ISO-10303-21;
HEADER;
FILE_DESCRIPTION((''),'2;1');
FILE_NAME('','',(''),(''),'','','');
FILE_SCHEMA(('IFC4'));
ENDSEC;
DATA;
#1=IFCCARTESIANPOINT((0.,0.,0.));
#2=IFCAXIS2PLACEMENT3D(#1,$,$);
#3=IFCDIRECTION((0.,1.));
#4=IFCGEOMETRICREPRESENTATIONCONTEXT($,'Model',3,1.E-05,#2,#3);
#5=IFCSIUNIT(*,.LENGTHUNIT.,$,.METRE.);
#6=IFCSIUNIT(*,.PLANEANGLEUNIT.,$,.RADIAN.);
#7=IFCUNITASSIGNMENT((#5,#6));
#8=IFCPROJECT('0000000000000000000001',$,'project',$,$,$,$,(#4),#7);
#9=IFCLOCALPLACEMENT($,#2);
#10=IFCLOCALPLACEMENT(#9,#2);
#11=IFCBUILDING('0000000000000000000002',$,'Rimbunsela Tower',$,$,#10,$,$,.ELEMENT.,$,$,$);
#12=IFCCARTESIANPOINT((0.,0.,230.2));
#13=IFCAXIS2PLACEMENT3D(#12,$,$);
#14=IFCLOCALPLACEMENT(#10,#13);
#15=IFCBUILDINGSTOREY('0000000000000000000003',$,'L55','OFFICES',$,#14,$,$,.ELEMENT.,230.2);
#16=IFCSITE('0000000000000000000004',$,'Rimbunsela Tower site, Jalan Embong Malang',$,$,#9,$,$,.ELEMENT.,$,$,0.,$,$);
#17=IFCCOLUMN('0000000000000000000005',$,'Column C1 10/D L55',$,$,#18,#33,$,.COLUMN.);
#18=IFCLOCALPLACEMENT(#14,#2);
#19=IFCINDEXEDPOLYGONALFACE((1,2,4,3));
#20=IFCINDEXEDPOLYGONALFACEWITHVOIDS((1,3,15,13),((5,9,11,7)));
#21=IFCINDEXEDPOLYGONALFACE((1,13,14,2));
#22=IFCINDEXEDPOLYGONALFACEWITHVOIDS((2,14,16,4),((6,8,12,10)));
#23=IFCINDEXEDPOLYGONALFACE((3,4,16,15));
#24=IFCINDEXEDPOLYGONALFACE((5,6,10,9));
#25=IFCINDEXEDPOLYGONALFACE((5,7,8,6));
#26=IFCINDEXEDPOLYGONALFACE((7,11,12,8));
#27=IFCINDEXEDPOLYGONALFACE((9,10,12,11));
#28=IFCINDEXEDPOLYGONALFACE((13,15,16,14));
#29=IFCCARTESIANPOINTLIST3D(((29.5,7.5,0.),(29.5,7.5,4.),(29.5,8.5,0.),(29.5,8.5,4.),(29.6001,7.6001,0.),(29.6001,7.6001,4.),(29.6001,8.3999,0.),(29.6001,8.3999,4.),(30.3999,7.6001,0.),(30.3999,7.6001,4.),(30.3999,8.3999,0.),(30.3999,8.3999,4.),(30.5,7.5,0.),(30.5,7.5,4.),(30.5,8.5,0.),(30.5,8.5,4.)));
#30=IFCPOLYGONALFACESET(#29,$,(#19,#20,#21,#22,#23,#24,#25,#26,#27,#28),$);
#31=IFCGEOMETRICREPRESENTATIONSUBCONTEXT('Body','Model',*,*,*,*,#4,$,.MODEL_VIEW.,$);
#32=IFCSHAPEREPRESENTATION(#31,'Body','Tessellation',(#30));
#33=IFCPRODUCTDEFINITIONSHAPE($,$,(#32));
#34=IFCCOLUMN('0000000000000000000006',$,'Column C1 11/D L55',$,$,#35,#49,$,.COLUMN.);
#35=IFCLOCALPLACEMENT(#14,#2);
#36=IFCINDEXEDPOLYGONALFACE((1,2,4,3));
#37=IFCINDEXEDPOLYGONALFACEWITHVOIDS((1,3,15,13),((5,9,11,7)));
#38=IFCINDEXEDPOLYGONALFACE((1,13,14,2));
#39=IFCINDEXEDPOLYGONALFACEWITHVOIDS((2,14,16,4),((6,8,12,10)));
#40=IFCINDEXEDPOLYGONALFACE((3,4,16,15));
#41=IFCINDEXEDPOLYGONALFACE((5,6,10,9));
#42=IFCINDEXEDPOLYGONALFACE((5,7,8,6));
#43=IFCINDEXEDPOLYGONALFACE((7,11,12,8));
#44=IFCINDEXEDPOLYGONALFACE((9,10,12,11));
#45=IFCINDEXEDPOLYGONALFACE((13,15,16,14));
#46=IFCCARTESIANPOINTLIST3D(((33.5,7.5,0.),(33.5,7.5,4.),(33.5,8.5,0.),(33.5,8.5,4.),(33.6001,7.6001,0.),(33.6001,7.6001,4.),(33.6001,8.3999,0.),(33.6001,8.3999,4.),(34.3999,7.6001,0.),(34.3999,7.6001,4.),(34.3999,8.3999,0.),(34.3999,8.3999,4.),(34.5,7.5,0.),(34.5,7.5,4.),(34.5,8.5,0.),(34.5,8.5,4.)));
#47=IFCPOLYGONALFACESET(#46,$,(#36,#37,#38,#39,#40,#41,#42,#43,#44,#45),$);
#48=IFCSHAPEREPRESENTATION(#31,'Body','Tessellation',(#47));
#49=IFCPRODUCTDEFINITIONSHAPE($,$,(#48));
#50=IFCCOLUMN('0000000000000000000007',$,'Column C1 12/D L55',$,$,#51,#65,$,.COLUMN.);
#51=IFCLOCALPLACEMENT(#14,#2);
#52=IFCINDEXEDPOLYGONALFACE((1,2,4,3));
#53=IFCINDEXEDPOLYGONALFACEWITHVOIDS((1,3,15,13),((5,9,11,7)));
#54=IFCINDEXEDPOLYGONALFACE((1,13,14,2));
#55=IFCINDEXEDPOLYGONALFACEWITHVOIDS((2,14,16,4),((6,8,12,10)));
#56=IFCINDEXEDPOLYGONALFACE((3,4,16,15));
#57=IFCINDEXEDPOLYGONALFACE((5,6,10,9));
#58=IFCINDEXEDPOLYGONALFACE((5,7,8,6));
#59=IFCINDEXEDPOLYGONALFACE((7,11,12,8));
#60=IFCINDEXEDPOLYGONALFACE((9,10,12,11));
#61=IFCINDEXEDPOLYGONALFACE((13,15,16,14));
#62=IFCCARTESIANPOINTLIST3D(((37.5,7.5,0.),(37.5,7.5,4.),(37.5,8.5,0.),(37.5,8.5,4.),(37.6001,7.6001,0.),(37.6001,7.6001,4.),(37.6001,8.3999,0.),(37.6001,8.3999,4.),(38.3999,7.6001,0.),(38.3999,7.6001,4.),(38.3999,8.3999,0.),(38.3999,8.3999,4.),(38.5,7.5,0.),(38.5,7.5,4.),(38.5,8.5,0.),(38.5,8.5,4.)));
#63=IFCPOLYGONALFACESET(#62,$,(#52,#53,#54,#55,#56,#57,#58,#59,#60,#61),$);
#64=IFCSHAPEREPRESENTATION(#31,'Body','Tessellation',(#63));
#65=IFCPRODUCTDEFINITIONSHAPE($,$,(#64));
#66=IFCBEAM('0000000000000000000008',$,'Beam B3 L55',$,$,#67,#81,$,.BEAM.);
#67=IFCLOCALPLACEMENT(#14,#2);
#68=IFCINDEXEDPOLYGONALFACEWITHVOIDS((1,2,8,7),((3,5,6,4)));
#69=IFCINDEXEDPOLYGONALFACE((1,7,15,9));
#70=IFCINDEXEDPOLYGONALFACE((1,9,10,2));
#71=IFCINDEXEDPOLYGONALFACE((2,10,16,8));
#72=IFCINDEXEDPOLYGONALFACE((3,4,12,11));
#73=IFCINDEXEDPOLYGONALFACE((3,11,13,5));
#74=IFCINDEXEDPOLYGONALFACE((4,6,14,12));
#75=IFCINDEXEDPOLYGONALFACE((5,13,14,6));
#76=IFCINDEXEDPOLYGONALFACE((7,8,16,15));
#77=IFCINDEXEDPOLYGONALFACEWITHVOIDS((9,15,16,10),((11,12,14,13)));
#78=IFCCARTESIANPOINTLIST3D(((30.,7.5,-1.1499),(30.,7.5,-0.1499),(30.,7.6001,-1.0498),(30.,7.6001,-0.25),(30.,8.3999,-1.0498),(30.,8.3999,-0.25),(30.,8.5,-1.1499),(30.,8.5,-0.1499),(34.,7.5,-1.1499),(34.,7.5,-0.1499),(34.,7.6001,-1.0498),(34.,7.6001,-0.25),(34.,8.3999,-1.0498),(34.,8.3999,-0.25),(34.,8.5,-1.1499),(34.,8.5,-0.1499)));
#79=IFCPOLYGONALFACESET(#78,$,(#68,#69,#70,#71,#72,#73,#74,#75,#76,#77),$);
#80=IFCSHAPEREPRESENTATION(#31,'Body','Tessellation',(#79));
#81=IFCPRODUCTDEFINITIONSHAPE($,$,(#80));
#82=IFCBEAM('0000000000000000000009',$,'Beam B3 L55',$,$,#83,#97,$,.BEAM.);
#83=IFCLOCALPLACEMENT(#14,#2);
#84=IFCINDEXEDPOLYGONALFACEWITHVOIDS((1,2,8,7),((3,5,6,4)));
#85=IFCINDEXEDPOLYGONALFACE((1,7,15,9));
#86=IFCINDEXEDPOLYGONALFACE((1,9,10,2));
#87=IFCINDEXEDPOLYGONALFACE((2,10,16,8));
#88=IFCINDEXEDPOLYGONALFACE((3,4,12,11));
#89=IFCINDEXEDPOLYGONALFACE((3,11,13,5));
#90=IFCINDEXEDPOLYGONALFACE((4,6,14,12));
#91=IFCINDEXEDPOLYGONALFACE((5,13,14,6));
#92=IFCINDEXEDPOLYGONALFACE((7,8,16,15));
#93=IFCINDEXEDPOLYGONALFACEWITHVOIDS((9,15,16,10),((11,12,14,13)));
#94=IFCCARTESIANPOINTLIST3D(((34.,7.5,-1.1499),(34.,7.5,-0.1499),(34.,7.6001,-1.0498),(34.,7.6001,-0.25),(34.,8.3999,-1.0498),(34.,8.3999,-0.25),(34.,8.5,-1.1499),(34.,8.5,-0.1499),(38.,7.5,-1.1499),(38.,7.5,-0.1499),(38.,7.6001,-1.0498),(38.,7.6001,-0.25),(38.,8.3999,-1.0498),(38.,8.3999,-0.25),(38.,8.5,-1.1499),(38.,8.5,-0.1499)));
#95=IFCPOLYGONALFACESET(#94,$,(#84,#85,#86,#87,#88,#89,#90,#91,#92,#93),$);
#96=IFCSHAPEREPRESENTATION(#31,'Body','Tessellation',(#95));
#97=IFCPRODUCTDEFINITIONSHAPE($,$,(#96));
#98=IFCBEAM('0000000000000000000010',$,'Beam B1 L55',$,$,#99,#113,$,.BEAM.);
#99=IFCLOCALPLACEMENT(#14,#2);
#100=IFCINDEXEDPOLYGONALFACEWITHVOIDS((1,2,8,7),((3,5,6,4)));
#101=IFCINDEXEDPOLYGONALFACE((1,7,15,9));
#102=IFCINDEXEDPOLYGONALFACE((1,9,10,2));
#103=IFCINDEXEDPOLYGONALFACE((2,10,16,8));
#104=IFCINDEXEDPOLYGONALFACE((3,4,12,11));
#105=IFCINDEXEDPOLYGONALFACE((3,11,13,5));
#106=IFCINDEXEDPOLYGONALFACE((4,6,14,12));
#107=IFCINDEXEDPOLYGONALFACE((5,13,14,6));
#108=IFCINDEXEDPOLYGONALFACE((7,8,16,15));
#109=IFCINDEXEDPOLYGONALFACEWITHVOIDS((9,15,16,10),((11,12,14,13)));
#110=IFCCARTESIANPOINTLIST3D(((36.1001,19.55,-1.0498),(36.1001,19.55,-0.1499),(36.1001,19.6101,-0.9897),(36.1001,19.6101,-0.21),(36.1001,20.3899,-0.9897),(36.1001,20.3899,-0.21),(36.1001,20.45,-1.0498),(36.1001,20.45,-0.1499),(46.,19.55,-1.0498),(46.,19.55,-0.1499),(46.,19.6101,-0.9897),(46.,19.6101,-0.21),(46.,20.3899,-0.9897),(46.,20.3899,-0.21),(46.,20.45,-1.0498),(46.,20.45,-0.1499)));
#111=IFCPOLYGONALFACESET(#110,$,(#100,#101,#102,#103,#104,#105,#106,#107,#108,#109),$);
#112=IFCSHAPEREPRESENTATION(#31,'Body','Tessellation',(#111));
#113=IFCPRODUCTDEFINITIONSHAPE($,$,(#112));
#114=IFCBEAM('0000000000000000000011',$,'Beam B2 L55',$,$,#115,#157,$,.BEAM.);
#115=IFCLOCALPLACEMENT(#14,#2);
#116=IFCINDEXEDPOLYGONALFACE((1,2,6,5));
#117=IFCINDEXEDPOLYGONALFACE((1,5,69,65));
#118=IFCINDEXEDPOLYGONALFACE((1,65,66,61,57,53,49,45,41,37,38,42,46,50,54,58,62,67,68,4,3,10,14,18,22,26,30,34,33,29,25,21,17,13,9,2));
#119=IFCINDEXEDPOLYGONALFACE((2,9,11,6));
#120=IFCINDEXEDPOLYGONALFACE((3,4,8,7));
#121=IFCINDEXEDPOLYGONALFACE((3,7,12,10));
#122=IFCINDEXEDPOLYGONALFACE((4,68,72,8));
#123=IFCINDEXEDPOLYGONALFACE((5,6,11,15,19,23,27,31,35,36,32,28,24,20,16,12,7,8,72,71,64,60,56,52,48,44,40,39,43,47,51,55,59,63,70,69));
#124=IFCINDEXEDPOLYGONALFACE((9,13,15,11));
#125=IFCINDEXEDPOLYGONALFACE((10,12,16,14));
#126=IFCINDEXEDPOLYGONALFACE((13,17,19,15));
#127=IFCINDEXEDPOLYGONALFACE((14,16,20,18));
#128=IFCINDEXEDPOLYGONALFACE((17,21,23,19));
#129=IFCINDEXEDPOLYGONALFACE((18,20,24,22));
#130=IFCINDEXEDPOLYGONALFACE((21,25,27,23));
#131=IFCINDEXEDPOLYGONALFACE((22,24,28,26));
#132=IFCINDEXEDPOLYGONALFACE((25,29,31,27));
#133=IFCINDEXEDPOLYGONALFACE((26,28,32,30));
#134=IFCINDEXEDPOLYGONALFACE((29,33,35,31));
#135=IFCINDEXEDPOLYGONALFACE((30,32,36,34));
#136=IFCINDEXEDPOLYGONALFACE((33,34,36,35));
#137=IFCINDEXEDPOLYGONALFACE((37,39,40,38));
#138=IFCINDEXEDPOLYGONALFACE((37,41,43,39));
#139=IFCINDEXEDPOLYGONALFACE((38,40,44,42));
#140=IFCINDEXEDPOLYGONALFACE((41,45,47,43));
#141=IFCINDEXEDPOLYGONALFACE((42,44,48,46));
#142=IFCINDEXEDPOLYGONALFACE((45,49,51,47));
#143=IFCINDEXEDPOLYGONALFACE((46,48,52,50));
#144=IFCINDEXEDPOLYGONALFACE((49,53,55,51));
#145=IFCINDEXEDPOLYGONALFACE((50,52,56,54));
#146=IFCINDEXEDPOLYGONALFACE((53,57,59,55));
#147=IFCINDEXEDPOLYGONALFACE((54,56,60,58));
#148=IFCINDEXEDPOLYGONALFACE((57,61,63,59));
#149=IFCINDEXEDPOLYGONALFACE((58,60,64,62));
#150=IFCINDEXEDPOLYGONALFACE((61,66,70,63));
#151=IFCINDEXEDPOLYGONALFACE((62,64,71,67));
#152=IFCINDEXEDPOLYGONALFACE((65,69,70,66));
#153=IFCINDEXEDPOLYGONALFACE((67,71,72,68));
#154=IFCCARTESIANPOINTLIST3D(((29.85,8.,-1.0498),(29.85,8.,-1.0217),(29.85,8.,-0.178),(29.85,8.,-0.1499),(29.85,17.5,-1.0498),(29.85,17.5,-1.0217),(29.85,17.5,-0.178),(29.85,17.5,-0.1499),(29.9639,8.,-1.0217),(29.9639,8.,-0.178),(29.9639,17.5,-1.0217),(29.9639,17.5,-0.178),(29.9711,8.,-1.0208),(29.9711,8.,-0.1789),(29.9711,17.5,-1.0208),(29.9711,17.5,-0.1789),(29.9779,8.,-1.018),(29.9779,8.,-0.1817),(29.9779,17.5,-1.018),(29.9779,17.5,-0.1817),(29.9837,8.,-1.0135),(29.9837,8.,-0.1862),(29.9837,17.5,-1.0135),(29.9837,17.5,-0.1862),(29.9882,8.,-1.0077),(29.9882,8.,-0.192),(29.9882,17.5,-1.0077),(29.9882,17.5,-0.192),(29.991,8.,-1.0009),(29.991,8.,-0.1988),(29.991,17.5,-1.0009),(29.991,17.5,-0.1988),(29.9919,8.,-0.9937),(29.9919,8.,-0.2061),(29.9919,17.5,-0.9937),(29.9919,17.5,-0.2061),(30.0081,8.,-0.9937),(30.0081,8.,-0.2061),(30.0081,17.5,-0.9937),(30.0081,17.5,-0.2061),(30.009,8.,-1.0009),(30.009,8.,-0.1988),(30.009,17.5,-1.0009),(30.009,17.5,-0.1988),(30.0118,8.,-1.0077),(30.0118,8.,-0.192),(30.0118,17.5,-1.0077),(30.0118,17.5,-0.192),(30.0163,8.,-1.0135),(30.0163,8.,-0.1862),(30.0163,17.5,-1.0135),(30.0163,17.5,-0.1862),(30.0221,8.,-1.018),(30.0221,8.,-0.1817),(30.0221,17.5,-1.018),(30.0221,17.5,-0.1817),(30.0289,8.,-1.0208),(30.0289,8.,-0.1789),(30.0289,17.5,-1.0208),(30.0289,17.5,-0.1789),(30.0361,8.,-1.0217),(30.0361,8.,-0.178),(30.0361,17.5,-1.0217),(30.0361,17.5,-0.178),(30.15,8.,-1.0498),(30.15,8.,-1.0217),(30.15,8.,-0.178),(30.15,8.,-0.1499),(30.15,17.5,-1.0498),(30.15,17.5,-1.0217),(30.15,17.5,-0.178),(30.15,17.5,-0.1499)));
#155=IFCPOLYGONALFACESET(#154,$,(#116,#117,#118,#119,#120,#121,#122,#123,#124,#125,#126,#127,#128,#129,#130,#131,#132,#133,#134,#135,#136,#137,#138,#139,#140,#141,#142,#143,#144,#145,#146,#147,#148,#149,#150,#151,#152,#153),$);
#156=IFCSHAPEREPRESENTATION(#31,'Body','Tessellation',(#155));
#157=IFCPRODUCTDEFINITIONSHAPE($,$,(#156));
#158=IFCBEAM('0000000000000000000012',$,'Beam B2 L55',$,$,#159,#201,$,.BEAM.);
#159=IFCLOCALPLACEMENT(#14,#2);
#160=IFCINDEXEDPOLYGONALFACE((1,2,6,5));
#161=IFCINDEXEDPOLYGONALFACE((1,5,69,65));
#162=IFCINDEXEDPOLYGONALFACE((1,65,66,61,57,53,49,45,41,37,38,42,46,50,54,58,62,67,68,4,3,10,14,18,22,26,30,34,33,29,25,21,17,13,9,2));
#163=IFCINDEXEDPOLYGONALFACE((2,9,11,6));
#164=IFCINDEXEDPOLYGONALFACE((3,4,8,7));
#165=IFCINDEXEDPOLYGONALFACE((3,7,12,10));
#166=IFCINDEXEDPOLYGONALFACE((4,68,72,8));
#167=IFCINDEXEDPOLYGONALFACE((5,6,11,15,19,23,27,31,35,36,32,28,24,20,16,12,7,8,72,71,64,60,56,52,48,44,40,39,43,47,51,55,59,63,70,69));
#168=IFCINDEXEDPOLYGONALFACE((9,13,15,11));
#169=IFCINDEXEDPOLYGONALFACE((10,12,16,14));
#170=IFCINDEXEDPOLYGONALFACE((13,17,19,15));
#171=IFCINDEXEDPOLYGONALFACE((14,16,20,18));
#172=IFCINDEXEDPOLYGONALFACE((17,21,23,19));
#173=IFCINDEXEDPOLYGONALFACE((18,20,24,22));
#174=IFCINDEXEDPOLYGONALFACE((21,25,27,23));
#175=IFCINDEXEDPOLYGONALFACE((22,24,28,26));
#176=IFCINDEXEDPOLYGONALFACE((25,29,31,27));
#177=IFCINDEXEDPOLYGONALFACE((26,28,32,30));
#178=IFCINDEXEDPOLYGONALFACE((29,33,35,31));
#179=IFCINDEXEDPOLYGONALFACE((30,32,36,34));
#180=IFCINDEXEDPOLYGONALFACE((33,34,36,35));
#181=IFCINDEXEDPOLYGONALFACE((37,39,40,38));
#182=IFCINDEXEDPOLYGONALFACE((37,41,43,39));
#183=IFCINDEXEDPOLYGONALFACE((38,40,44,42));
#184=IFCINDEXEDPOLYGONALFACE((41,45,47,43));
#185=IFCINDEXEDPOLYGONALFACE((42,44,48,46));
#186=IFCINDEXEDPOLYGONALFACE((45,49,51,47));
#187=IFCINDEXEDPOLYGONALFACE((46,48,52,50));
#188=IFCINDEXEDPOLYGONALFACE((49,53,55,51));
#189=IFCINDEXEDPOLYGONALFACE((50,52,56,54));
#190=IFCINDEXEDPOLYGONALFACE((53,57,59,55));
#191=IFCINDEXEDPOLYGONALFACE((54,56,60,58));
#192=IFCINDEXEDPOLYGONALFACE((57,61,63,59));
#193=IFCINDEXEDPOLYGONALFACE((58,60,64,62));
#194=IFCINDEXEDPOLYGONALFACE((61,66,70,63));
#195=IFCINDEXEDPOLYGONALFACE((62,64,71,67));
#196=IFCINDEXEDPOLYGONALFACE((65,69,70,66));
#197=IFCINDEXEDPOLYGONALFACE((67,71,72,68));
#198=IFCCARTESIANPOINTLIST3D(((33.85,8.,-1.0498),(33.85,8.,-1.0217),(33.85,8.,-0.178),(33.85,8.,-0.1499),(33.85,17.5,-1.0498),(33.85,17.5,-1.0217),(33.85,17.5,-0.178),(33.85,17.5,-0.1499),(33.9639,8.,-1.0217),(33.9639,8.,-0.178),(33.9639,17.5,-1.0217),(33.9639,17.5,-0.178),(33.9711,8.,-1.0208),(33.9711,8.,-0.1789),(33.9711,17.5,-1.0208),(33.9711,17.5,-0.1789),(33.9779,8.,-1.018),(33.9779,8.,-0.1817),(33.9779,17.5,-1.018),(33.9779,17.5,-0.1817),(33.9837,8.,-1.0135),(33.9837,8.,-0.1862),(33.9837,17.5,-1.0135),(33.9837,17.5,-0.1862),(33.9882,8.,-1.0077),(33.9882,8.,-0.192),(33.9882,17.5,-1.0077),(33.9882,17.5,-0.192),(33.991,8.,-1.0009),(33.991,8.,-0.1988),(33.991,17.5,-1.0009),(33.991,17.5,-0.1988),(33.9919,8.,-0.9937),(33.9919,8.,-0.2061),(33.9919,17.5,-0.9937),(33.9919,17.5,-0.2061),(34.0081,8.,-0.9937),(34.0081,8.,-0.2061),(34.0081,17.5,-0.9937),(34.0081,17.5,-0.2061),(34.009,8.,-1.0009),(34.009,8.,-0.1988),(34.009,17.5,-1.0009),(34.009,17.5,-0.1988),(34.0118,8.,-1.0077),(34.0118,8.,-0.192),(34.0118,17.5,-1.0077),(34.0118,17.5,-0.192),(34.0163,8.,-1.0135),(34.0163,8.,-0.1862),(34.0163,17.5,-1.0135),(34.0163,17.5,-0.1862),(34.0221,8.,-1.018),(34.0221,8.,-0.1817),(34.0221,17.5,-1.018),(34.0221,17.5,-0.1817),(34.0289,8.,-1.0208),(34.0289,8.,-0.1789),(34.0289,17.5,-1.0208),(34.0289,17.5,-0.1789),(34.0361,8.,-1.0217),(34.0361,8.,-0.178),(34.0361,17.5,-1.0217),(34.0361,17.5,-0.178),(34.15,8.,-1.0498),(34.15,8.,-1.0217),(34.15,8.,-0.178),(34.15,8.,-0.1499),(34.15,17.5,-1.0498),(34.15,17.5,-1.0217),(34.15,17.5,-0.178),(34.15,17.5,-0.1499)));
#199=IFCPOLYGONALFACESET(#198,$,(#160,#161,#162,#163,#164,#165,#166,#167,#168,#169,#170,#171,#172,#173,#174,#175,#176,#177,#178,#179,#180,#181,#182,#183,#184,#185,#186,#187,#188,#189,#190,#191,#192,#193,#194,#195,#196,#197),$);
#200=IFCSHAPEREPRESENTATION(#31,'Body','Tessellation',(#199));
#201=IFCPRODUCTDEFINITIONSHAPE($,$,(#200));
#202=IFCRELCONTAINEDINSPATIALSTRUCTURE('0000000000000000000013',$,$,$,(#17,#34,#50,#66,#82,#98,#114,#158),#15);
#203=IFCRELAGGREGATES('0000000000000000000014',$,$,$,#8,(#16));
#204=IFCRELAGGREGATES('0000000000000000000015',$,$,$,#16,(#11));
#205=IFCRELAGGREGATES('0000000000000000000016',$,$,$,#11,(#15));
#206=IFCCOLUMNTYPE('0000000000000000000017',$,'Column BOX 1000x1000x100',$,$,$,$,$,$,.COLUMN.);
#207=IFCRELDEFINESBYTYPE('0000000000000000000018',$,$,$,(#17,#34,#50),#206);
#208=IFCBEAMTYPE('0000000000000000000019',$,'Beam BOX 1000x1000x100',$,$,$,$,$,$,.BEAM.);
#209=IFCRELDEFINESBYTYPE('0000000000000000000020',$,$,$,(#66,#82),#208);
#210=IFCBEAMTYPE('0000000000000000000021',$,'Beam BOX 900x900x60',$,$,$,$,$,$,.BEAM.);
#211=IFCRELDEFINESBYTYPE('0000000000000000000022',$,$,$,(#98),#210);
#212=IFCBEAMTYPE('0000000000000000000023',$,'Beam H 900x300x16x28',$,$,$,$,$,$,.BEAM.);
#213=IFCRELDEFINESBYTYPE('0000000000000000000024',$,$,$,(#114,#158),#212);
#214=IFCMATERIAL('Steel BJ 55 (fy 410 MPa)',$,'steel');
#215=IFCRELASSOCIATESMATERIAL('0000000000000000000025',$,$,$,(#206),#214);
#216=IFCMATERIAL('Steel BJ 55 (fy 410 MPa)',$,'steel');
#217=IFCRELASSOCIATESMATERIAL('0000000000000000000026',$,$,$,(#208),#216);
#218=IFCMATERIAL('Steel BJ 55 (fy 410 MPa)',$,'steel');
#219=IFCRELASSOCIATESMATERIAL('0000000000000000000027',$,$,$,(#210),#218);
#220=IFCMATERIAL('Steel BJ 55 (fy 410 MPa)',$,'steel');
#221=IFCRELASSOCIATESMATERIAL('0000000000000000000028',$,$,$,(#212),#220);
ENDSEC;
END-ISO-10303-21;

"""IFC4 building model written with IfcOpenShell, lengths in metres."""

from ifc_helpers import new_model, si_unit, direction, frame, origin, origin_2d, place, context, subcontext, project, spatial, hollow_rectangle, i_section, extrude, material, material_profile, profile_set, type_object, element, save


model = new_model("IFC4")

# Units and contexts
model_context = context("Model", 3, precision=1e-05, world=origin(), true_north=direction((0.0, 1.0)))
body_context = subcontext(model_context, "Body", "Model", "MODEL_VIEW")
ifc_project = project(units=[si_unit("LENGTHUNIT", "METRE"), si_unit("PLANEANGLEUNIT", "RADIAN")], contexts=[model_context])

# Site, building, storey
site_placement = place(None, origin())
site = spatial("IfcSite", under=ifc_project, at=site_placement, Name="Rimbunsela Tower site, Jalan Embong Malang", CompositionType="ELEMENT", RefElevation=0.0)
building_placement = place(site_placement, origin())
building = spatial("IfcBuilding", under=site, at=building_placement, Name="Rimbunsela Tower", CompositionType="ELEMENT")
storey_placement = place(building_placement, frame((0.0, 0.0, 230.2)))
storey = spatial("IfcBuildingStorey", under=building, at=storey_placement, Name="L55", Description="OFFICES", CompositionType="ELEMENT", Elevation=230.2)

# Columns
ifc_material_1 = material(Name="Steel BJ 55 (fy 410 MPa)", Category="steel")
ifc_material_profile_1 = material_profile(ifc_material_1, hollow_rectangle(XDim=1.0, YDim=1.0, WallThickness=0.1001, at=origin_2d()), Name="BOX 1000x1000x100")
ifc_profile_set_1 = profile_set([ifc_material_profile_1], Name="Steel BJ 55 (fy 410 MPa)")
column_type = type_object("IfcColumnType", Name="Column BOX 1000x1000x100", PredefinedType="COLUMN", material=ifc_profile_set_1)
for number, where, z_axis, x_axis, name in (
    (1, (30.0, 8.0, 0.0), (0.0, 0.0, 1.0), (1.0, 0.0, 0.0), "Column C1 10/D L55"),
    (2, (34.0, 8.0, 0.0), (0.0, 0.0, 1.0), (1.0, 0.0, 0.0), "Column C1 11/D L55"),
    (3, (38.0, 8.0, 0.0), (0.0, 0.0, 1.0), (1.0, 0.0, 0.0), "Column C1 12/D L55"),
):
    element("IfcColumn", number, at=place(storey_placement, frame(where, z_axis=z_axis, x_axis=x_axis)), inside=storey, type_object=column_type, Name=name, PredefinedType="COLUMN", context=body_context, shape_type="SweptSolid", body=[
        extrude(hollow_rectangle(XDim=1.0, YDim=1.0, WallThickness=0.1001, at=origin_2d()), origin(), (0.0, 0.0, 1.0), 4.0),
    ])

# Beams
ifc_material_2 = material(Name="Steel BJ 55 (fy 410 MPa)", Category="steel")
ifc_material_profile_2 = material_profile(ifc_material_2, hollow_rectangle(XDim=1.0, YDim=1.0, WallThickness=0.1001, at=origin_2d()), Name="BOX 1000x1000x100")
ifc_profile_set_2 = profile_set([ifc_material_profile_2], Name="Steel BJ 55 (fy 410 MPa)")
beam_type_1 = type_object("IfcBeamType", Name="Beam BOX 1000x1000x100", PredefinedType="BEAM", material=ifc_profile_set_2)
for number, where, z_axis, x_axis, name in (
    (4, (30.0, 8.0, -0.6499), (1.0, 0.0, 0.0), (0.0, 1.0, 0.0), "Beam B3 L55"),
    (5, (34.0, 8.0, -0.6499), (1.0, 0.0, 0.0), (0.0, 1.0, 0.0), "Beam B3 L55"),
):
    element("IfcBeam", number, at=place(storey_placement, frame(where, z_axis=z_axis, x_axis=x_axis)), inside=storey, type_object=beam_type_1, Name=name, PredefinedType="BEAM", context=body_context, shape_type="SweptSolid", body=[
        extrude(hollow_rectangle(XDim=1.0, YDim=1.0, WallThickness=0.1001, at=origin_2d()), origin(), (0.0, 0.0, 1.0), 4.0),
    ])
ifc_material_3 = material(Name="Steel BJ 55 (fy 410 MPa)", Category="steel")
ifc_material_profile_3 = material_profile(ifc_material_3, hollow_rectangle(XDim=0.8999, YDim=0.8999, WallThickness=0.0601, at=origin_2d()), Name="BOX 900x900x60")
ifc_profile_set_3 = profile_set([ifc_material_profile_3], Name="Steel BJ 55 (fy 410 MPa)")
beam_type_2 = type_object("IfcBeamType", Name="Beam BOX 900x900x60", PredefinedType="BEAM", material=ifc_profile_set_3)
beam_1_placement = place(storey_placement, frame((36.1001, 20.0, -0.5999), z_axis=(1.0, 0.0, 0.0), x_axis=(0.0, 1.0, 0.0)))
element("IfcBeam", 6, at=beam_1_placement, inside=storey, type_object=beam_type_2, Name="Beam B1 L55", PredefinedType="BEAM", context=body_context, shape_type="SweptSolid", body=[
    extrude(hollow_rectangle(XDim=0.8999, YDim=0.8999, WallThickness=0.0601, at=origin_2d()), origin(), (0.0, 0.0, 1.0), 9.8999),
])
ifc_material_4 = material(Name="Steel BJ 55 (fy 410 MPa)", Category="steel")
ifc_material_profile_4 = material_profile(ifc_material_4, i_section(OverallWidth=0.3, OverallDepth=0.8999, WebThickness=0.0161, FlangeThickness=0.0281, FilletRadius=0.0281, at=origin_2d()), Name="H 900x300x16x28")
ifc_profile_set_4 = profile_set([ifc_material_profile_4], Name="Steel BJ 55 (fy 410 MPa)")
beam_type_3 = type_object("IfcBeamType", Name="Beam H 900x300x16x28", PredefinedType="BEAM", material=ifc_profile_set_4)
for number, where, z_axis, x_axis, name in (
    (7, (30.0, 8.0, -0.5999), (0.0, 1.0, 0.0), (-1.0, 0.0, 0.0), "Beam B2 L55"),
    (8, (34.0, 8.0, -0.5999), (0.0, 1.0, 0.0), (-1.0, 0.0, 0.0), "Beam B2 L55"),
):
    element("IfcBeam", number, at=place(storey_placement, frame(where, z_axis=z_axis, x_axis=x_axis)), inside=storey, type_object=beam_type_3, Name=name, PredefinedType="BEAM", context=body_context, shape_type="SweptSolid", body=[
        extrude(i_section(OverallWidth=0.3, OverallDepth=0.8999, WebThickness=0.0161, FlangeThickness=0.0281, FilletRadius=0.0281, at=origin_2d()), origin(), (0.0, 0.0, 1.0), 9.5),
    ])

save(model, "model.ifc")
